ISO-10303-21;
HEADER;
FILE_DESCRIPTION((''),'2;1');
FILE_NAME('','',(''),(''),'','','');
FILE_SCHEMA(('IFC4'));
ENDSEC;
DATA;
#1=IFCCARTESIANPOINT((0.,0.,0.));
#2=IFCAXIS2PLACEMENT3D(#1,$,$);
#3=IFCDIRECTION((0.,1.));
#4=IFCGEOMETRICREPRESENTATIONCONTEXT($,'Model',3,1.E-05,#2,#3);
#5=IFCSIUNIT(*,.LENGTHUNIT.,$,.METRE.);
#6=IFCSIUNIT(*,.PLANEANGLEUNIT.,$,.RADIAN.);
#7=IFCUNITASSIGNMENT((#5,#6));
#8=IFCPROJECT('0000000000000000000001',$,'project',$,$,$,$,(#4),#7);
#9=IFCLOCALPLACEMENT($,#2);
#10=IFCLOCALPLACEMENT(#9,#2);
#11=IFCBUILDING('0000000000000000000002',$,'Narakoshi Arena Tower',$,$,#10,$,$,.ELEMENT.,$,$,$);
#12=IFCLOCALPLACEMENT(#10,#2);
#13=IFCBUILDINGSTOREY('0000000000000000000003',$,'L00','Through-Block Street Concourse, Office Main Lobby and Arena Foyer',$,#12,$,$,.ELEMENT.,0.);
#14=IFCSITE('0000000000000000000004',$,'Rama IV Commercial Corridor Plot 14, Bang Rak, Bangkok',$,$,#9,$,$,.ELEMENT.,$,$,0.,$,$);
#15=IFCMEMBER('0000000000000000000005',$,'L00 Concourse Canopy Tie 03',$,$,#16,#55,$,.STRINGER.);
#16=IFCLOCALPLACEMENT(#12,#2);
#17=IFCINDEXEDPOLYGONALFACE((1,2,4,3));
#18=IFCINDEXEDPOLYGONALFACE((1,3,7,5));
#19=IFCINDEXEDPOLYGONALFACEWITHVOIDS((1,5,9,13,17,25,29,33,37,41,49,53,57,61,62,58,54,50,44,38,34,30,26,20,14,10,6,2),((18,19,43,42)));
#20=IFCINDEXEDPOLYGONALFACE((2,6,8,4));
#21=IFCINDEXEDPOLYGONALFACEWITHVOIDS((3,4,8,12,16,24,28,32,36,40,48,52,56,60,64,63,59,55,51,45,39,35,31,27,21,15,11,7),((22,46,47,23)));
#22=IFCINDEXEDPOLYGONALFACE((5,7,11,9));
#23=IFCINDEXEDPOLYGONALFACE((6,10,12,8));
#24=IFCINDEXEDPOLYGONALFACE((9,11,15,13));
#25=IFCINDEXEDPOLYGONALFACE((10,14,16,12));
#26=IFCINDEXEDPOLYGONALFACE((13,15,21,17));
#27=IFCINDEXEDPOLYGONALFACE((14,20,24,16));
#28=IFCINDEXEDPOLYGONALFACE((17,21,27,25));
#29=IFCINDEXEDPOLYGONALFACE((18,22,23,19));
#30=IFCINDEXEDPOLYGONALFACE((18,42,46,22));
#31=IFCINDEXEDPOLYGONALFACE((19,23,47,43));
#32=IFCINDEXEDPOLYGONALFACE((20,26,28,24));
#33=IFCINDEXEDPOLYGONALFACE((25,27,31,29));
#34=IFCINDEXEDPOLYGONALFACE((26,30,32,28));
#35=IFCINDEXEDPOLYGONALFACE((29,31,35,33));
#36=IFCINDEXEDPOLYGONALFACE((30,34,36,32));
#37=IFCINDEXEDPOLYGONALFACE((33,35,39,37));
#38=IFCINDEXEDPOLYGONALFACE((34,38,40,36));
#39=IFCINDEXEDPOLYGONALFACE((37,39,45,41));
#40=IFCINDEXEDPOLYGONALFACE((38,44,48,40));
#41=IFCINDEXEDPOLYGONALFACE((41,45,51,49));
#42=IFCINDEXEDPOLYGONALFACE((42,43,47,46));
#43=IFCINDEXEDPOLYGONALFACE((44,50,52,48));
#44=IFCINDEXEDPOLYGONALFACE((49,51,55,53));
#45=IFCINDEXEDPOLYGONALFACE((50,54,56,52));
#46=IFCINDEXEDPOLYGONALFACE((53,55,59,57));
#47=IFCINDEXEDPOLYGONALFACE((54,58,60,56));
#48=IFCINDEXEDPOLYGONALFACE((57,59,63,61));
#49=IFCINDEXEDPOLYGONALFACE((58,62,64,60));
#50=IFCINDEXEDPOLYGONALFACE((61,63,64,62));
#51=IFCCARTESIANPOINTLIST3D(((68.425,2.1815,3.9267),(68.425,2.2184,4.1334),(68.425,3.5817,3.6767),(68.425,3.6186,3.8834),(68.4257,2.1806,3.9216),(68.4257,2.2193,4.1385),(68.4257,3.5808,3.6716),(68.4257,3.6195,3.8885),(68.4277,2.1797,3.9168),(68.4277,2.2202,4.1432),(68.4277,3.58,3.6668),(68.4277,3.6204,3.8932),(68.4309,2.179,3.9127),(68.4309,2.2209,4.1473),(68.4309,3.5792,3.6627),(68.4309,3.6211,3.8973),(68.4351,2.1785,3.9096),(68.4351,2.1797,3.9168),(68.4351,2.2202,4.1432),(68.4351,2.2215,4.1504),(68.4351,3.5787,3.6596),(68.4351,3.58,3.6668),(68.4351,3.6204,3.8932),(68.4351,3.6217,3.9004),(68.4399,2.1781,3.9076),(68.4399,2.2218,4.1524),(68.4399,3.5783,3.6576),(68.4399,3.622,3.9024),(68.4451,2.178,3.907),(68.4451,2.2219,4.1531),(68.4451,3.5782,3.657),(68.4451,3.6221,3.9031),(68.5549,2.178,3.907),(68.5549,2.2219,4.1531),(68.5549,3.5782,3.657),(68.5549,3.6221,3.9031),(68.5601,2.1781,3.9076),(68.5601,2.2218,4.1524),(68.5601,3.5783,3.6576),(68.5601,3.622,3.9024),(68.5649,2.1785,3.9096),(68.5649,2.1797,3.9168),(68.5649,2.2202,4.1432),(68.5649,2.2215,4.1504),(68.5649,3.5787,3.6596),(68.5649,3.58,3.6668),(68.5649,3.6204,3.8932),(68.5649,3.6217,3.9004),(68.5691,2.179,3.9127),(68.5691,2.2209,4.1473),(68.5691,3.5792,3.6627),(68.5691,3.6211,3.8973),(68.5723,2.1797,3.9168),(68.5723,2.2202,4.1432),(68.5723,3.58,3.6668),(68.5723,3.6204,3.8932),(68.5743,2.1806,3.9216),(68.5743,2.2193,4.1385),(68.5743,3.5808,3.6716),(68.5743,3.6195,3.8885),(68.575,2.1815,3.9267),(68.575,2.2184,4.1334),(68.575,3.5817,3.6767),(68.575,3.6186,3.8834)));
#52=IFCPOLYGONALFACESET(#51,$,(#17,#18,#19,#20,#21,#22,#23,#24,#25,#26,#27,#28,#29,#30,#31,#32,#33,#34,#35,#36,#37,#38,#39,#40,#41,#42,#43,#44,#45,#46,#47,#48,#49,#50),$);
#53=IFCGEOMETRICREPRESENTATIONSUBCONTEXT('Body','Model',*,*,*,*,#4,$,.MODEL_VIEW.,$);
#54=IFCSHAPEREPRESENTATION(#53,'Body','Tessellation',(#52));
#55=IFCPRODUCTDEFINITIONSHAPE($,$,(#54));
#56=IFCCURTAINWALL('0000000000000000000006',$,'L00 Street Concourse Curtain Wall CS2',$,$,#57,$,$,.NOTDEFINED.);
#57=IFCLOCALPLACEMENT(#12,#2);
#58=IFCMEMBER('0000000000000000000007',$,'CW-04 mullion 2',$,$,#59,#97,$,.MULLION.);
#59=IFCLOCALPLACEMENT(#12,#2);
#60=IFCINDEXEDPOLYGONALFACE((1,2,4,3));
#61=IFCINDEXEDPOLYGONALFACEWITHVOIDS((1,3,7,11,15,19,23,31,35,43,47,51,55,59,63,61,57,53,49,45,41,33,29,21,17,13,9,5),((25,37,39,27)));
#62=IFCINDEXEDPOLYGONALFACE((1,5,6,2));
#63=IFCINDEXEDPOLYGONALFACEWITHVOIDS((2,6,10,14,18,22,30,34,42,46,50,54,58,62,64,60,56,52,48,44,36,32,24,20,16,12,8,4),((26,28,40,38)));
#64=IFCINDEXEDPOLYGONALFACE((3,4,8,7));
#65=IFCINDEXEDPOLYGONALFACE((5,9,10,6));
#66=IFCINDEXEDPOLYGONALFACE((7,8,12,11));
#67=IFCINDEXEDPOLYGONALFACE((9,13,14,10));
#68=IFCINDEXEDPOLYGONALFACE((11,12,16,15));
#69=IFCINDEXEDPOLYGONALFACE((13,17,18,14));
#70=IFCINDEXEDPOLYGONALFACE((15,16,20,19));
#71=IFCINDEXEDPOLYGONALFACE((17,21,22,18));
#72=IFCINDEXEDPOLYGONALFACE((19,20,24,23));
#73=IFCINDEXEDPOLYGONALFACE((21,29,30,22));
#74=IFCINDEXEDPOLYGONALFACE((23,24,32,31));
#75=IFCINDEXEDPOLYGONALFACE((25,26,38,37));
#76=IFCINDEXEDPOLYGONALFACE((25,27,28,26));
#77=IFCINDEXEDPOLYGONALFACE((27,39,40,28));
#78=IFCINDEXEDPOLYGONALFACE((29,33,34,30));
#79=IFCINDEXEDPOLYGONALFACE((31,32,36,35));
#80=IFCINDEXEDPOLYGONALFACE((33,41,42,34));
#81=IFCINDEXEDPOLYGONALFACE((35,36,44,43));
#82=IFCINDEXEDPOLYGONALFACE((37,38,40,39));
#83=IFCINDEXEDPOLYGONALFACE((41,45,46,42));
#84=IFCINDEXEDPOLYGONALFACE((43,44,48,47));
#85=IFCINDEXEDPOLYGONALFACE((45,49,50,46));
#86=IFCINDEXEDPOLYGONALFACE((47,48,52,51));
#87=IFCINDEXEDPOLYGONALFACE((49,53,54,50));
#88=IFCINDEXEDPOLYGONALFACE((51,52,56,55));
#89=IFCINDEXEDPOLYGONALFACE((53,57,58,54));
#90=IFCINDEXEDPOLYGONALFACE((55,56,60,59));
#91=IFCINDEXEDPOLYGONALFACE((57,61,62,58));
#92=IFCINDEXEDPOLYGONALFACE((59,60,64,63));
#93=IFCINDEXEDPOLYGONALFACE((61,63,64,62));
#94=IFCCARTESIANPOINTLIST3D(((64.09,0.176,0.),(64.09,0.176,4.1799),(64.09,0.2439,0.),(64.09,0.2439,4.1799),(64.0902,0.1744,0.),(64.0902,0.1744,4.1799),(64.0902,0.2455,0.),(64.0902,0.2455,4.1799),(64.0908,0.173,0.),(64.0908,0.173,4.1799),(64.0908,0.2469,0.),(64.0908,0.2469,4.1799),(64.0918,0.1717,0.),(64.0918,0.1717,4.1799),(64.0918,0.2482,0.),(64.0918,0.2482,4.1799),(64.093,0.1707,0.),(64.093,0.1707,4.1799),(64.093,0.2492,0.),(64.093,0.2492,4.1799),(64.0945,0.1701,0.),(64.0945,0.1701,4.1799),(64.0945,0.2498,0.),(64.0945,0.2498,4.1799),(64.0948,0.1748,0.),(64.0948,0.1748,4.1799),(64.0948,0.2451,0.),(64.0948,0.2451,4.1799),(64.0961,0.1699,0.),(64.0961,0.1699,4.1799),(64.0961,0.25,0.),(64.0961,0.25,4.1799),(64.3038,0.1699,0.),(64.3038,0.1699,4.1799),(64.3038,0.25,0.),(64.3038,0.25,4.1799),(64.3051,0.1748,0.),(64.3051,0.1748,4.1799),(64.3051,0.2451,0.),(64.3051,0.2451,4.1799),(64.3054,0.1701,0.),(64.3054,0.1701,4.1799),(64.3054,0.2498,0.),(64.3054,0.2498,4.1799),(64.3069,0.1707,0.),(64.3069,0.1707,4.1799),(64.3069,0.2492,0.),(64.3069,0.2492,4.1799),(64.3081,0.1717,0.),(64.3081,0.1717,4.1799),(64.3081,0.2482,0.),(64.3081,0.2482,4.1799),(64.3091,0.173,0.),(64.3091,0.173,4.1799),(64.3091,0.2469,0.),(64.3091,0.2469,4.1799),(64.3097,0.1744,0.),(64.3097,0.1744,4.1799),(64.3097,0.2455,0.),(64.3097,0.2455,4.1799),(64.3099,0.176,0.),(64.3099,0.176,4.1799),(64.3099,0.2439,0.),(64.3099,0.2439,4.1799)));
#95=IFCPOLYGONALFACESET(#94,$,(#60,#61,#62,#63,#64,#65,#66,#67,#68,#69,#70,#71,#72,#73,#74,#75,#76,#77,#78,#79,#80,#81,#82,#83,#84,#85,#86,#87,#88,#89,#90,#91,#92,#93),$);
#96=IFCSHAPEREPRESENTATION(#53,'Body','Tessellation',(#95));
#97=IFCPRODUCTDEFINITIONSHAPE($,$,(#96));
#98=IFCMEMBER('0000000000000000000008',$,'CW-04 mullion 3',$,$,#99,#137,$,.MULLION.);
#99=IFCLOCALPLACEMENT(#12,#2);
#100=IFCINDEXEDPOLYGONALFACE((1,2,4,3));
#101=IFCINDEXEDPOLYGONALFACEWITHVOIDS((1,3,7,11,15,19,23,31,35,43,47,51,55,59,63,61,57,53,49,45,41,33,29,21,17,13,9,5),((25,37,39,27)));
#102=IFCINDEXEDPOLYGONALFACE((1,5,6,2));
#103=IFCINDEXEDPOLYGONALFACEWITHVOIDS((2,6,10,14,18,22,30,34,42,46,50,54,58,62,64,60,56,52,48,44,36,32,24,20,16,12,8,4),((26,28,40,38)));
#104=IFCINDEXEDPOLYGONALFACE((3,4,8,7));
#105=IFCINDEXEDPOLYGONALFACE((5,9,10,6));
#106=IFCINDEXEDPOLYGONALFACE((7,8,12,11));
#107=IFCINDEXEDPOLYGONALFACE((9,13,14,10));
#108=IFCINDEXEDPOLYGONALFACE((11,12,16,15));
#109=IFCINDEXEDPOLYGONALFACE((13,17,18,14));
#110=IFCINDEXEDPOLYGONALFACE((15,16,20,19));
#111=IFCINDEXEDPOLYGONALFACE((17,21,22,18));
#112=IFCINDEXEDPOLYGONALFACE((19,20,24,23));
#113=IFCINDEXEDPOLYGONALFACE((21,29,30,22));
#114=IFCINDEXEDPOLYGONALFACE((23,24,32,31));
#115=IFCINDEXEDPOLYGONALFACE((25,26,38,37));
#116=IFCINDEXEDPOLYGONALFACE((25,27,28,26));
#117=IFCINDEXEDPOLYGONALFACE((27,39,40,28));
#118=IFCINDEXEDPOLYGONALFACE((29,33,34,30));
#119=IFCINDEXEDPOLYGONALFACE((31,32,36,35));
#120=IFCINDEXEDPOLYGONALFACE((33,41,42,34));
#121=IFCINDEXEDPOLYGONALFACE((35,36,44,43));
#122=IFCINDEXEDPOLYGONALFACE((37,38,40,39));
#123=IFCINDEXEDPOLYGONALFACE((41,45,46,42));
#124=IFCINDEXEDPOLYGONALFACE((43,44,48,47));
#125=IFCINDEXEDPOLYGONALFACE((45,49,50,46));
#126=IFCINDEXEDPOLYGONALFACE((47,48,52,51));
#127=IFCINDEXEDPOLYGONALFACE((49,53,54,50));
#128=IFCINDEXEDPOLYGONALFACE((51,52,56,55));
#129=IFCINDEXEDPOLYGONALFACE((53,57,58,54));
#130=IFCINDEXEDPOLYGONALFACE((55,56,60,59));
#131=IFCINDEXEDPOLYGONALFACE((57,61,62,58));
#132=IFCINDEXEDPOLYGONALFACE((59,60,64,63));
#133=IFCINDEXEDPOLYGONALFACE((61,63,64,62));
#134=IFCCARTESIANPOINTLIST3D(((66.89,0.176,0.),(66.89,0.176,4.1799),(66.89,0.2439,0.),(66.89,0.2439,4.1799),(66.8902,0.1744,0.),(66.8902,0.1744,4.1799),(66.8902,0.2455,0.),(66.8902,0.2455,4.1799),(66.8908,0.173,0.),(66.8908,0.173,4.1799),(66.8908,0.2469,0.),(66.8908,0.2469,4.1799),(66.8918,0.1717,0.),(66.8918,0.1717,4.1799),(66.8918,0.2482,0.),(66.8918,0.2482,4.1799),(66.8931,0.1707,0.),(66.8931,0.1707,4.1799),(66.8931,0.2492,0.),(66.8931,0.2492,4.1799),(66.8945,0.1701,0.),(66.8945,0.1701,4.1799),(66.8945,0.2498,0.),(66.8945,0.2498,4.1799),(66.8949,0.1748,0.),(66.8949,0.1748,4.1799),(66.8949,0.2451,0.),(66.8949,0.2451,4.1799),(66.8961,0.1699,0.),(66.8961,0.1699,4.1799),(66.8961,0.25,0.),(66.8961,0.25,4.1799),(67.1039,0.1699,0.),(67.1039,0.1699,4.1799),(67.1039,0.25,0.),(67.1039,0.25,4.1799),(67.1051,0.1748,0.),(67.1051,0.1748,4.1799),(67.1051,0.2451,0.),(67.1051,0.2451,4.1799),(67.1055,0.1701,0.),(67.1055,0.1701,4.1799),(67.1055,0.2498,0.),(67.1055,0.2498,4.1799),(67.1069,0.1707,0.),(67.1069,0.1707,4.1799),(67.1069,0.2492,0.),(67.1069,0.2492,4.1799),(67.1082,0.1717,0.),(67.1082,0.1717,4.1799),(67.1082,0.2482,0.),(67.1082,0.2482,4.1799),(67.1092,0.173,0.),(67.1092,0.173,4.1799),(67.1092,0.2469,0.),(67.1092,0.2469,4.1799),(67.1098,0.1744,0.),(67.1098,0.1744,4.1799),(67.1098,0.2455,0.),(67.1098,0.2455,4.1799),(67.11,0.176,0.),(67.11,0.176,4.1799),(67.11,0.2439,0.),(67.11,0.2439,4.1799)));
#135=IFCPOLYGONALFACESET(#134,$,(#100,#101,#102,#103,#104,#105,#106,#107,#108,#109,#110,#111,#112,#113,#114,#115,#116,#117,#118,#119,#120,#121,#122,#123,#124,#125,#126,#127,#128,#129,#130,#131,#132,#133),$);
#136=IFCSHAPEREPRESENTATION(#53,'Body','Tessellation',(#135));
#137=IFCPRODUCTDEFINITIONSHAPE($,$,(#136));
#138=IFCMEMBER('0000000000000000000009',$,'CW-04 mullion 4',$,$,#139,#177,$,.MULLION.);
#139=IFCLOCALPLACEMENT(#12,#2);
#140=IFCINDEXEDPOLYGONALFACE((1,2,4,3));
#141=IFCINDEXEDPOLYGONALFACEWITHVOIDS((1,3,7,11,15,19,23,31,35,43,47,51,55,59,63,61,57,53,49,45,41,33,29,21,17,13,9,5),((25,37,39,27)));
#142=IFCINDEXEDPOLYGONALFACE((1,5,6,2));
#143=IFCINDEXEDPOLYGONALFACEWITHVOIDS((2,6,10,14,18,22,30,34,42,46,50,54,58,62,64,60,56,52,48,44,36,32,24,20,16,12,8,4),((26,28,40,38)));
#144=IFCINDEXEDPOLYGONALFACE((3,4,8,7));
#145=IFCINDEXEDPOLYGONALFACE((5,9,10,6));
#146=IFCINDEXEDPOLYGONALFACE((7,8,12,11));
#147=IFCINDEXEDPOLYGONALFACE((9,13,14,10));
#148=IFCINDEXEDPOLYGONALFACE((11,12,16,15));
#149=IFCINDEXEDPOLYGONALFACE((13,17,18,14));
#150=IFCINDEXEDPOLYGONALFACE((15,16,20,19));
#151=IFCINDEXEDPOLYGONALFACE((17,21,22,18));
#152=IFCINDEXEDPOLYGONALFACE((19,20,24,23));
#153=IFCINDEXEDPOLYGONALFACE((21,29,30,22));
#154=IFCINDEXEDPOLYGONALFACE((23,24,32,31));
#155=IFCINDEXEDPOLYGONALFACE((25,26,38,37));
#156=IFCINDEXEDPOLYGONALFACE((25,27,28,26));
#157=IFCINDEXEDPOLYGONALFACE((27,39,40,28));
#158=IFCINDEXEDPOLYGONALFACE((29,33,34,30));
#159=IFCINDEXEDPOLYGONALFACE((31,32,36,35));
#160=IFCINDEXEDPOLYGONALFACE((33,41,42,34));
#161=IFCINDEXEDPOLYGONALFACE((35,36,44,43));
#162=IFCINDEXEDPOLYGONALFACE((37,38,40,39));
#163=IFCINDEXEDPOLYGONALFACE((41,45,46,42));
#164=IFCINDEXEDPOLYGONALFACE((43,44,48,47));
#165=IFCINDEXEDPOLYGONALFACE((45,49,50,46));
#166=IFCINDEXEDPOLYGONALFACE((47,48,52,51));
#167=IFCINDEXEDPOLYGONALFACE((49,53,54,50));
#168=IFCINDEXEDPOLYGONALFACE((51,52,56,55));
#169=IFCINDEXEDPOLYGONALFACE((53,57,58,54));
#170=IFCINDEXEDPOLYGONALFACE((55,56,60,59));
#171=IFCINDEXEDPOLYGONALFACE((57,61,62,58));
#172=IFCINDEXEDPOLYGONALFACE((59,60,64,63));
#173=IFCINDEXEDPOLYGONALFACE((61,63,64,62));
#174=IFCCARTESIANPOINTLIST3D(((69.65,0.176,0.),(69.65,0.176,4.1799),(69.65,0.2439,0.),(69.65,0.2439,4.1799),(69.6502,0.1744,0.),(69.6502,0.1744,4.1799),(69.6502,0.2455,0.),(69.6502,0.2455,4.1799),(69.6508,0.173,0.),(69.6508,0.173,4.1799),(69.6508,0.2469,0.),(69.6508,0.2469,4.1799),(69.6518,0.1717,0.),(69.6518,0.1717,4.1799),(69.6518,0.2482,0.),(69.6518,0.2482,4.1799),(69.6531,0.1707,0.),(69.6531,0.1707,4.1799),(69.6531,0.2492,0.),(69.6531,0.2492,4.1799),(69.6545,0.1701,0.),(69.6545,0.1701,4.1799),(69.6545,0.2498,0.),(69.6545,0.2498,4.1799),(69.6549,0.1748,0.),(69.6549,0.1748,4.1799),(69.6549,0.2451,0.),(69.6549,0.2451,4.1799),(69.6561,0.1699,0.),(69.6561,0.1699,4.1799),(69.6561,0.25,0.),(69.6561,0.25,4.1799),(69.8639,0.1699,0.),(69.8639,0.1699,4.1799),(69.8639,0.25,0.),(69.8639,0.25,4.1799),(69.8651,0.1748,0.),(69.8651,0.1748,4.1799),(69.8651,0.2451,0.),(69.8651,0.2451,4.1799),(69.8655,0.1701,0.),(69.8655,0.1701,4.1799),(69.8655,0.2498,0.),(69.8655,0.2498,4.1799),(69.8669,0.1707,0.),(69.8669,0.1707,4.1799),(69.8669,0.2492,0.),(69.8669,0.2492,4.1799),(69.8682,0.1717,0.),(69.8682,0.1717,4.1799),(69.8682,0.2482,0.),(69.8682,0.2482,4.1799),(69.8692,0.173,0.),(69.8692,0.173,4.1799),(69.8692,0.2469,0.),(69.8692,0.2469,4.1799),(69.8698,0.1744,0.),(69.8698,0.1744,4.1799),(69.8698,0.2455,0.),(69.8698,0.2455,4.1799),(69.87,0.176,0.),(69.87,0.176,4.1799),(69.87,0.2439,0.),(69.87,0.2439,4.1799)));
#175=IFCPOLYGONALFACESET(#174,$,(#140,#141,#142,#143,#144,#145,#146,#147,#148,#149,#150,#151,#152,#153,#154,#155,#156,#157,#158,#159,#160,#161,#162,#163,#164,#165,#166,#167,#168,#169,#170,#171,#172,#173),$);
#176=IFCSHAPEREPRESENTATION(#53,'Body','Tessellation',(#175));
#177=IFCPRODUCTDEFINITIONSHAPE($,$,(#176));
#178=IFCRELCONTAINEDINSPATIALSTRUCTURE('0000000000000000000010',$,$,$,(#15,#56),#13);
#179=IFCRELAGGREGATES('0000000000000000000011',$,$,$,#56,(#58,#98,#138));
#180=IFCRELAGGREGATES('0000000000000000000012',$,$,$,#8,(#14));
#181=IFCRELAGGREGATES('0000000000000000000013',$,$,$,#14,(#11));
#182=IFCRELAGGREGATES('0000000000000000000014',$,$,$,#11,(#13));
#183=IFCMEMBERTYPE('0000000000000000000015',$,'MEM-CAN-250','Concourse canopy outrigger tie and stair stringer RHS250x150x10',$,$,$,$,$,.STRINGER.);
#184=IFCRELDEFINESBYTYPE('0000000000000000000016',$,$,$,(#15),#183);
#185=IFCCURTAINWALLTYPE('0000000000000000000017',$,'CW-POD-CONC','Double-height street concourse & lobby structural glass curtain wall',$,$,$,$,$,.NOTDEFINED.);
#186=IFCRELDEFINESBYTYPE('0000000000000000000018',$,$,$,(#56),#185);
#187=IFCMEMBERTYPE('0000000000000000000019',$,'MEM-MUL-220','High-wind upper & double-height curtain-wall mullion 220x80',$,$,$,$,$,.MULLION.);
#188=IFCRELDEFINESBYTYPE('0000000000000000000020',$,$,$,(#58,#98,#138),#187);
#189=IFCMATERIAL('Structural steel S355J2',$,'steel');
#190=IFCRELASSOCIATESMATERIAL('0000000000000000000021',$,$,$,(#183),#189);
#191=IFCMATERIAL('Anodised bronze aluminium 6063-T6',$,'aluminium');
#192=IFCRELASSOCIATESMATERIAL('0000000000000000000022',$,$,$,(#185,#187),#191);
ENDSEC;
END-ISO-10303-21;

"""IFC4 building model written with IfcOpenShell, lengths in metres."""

from ifc_helpers import new_model, si_unit, direction, frame, origin, origin_2d, place, context, subcontext, project, spatial, hollow_rectangle, extrude, material, material_profile, profile_set, type_object, element, aggregate, save


model = new_model("IFC4")

# Units and contexts
model_context = context("Model", 3, precision=1e-05, world=origin(), true_north=direction((0.0, 1.0)))
body_context = subcontext(model_context, "Body", "Model", "MODEL_VIEW")
ifc_project = project(units=[si_unit("LENGTHUNIT", "METRE"), si_unit("PLANEANGLEUNIT", "RADIAN")], contexts=[model_context])

# Site, building, storey
site_placement = place(None, origin())
site = spatial("IfcSite", under=ifc_project, at=site_placement, Name="Rama IV Commercial Corridor Plot 14, Bang Rak, Bangkok", CompositionType="ELEMENT", RefElevation=0.0)
building_placement = place(site_placement, origin())
building = spatial("IfcBuilding", under=site, at=building_placement, Name="Narakoshi Arena Tower", CompositionType="ELEMENT")
storey_placement = place(building_placement, origin())
storey = spatial("IfcBuildingStorey", under=building, at=storey_placement, Name="L00", Description="Through-Block Street Concourse, Office Main Lobby and Arena Foyer", CompositionType="ELEMENT", Elevation=0.0)

# Shared definitions
ifc_material_1 = material(Name="Structural steel S355J2", Category="steel")

# Member
ifc_material_profile_1 = material_profile(ifc_material_1, hollow_rectangle(XDim=0.1499, YDim=0.25, WallThickness=0.01, OuterFilletRadius=0.02, at=origin_2d()), Name="RHS250x150x10")
ifc_profile_set_1 = profile_set([ifc_material_profile_1], Name="Structural steel S355J2")
member_type_1 = type_object("IfcMemberType", Name="MEM-CAN-250", Description="Concourse canopy outrigger tie and stair stringer RHS250x150x10", PredefinedType="STRINGER", material=ifc_profile_set_1)
member_1_placement = place(storey_placement, frame((68.5, 2.2, 4.03), z_axis=(0.0, 0.984431, -0.175773), x_axis=(-1.0, 0.0, 0.0)))
element("IfcMember", 1, at=member_1_placement, inside=storey, type_object=member_type_1, Name="L00 Concourse Canopy Tie 03", PredefinedType="STRINGER", context=body_context, shape_type="SweptSolid", body=[
    extrude(hollow_rectangle(XDim=0.1499, YDim=0.25, WallThickness=0.01, OuterFilletRadius=0.02, at=origin_2d()), origin(), (0.0, 0.0, 1.0), 1.4224),
])

# Curtain wall, members
ifc_material_2 = material(Name="Anodised bronze aluminium 6063-T6", Category="aluminium")
curtain_wall_type = type_object("IfcCurtainWallType", Name="CW-POD-CONC", Description="Double-height street concourse & lobby structural glass curtain wall", PredefinedType="NOTDEFINED", material=ifc_material_2)
curtain_wall_placement = place(storey_placement, origin())
curtain_wall = element("IfcCurtainWall", 2, at=curtain_wall_placement, inside=storey, type_object=curtain_wall_type, Name="L00 Street Concourse Curtain Wall CS2", PredefinedType="NOTDEFINED")
ifc_material_profile_2 = material_profile(ifc_material_2, hollow_rectangle(XDim=0.0801, YDim=0.22, WallThickness=0.0049, OuterFilletRadius=0.0061, at=origin_2d()), Name="MUL220x80x5")
ifc_profile_set_2 = profile_set([ifc_material_profile_2], Name="Anodised bronze aluminium 6063-T6")
member_type_2 = type_object("IfcMemberType", Name="MEM-MUL-220", Description="High-wind upper & double-height curtain-wall mullion 220x80", PredefinedType="MULLION", material=ifc_profile_set_2)
member_2_placement = place(storey_placement, frame((64.2, 0.21, 0.0), z_axis=(0.0, 0.0, 1.0), x_axis=(0.0, 1.0, 0.0)))
member_2 = element("IfcMember", 3, at=member_2_placement, type_object=member_type_2, Name="CW-04 mullion 2", PredefinedType="MULLION", context=body_context, shape_type="SweptSolid", body=[
    extrude(hollow_rectangle(XDim=0.0801, YDim=0.22, WallThickness=0.0049, OuterFilletRadius=0.0061, at=origin_2d()), origin(), (0.0, 0.0, 1.0), 4.1799),
])
member_3_placement = place(storey_placement, frame((67.0, 0.21, 0.0), z_axis=(0.0, 0.0, 1.0), x_axis=(0.0, 1.0, 0.0)))
member_3 = element("IfcMember", 4, at=member_3_placement, type_object=member_type_2, Name="CW-04 mullion 3", PredefinedType="MULLION", context=body_context, shape_type="SweptSolid", body=[
    extrude(hollow_rectangle(XDim=0.0801, YDim=0.22, WallThickness=0.0049, OuterFilletRadius=0.0061, at=origin_2d()), origin(), (0.0, 0.0, 1.0), 4.1799),
])
member_4_placement = place(storey_placement, frame((69.76, 0.21, 0.0), z_axis=(0.0, 0.0, 1.0), x_axis=(0.0, 1.0, 0.0)))
member_4 = element("IfcMember", 5, at=member_4_placement, type_object=member_type_2, Name="CW-04 mullion 4", PredefinedType="MULLION", context=body_context, shape_type="SweptSolid", body=[
    extrude(hollow_rectangle(XDim=0.0801, YDim=0.22, WallThickness=0.0049, OuterFilletRadius=0.0061, at=origin_2d()), origin(), (0.0, 0.0, 1.0), 4.1799),
])
aggregate(curtain_wall, [member_2, member_3, member_4])

save(model, "model.ifc")
